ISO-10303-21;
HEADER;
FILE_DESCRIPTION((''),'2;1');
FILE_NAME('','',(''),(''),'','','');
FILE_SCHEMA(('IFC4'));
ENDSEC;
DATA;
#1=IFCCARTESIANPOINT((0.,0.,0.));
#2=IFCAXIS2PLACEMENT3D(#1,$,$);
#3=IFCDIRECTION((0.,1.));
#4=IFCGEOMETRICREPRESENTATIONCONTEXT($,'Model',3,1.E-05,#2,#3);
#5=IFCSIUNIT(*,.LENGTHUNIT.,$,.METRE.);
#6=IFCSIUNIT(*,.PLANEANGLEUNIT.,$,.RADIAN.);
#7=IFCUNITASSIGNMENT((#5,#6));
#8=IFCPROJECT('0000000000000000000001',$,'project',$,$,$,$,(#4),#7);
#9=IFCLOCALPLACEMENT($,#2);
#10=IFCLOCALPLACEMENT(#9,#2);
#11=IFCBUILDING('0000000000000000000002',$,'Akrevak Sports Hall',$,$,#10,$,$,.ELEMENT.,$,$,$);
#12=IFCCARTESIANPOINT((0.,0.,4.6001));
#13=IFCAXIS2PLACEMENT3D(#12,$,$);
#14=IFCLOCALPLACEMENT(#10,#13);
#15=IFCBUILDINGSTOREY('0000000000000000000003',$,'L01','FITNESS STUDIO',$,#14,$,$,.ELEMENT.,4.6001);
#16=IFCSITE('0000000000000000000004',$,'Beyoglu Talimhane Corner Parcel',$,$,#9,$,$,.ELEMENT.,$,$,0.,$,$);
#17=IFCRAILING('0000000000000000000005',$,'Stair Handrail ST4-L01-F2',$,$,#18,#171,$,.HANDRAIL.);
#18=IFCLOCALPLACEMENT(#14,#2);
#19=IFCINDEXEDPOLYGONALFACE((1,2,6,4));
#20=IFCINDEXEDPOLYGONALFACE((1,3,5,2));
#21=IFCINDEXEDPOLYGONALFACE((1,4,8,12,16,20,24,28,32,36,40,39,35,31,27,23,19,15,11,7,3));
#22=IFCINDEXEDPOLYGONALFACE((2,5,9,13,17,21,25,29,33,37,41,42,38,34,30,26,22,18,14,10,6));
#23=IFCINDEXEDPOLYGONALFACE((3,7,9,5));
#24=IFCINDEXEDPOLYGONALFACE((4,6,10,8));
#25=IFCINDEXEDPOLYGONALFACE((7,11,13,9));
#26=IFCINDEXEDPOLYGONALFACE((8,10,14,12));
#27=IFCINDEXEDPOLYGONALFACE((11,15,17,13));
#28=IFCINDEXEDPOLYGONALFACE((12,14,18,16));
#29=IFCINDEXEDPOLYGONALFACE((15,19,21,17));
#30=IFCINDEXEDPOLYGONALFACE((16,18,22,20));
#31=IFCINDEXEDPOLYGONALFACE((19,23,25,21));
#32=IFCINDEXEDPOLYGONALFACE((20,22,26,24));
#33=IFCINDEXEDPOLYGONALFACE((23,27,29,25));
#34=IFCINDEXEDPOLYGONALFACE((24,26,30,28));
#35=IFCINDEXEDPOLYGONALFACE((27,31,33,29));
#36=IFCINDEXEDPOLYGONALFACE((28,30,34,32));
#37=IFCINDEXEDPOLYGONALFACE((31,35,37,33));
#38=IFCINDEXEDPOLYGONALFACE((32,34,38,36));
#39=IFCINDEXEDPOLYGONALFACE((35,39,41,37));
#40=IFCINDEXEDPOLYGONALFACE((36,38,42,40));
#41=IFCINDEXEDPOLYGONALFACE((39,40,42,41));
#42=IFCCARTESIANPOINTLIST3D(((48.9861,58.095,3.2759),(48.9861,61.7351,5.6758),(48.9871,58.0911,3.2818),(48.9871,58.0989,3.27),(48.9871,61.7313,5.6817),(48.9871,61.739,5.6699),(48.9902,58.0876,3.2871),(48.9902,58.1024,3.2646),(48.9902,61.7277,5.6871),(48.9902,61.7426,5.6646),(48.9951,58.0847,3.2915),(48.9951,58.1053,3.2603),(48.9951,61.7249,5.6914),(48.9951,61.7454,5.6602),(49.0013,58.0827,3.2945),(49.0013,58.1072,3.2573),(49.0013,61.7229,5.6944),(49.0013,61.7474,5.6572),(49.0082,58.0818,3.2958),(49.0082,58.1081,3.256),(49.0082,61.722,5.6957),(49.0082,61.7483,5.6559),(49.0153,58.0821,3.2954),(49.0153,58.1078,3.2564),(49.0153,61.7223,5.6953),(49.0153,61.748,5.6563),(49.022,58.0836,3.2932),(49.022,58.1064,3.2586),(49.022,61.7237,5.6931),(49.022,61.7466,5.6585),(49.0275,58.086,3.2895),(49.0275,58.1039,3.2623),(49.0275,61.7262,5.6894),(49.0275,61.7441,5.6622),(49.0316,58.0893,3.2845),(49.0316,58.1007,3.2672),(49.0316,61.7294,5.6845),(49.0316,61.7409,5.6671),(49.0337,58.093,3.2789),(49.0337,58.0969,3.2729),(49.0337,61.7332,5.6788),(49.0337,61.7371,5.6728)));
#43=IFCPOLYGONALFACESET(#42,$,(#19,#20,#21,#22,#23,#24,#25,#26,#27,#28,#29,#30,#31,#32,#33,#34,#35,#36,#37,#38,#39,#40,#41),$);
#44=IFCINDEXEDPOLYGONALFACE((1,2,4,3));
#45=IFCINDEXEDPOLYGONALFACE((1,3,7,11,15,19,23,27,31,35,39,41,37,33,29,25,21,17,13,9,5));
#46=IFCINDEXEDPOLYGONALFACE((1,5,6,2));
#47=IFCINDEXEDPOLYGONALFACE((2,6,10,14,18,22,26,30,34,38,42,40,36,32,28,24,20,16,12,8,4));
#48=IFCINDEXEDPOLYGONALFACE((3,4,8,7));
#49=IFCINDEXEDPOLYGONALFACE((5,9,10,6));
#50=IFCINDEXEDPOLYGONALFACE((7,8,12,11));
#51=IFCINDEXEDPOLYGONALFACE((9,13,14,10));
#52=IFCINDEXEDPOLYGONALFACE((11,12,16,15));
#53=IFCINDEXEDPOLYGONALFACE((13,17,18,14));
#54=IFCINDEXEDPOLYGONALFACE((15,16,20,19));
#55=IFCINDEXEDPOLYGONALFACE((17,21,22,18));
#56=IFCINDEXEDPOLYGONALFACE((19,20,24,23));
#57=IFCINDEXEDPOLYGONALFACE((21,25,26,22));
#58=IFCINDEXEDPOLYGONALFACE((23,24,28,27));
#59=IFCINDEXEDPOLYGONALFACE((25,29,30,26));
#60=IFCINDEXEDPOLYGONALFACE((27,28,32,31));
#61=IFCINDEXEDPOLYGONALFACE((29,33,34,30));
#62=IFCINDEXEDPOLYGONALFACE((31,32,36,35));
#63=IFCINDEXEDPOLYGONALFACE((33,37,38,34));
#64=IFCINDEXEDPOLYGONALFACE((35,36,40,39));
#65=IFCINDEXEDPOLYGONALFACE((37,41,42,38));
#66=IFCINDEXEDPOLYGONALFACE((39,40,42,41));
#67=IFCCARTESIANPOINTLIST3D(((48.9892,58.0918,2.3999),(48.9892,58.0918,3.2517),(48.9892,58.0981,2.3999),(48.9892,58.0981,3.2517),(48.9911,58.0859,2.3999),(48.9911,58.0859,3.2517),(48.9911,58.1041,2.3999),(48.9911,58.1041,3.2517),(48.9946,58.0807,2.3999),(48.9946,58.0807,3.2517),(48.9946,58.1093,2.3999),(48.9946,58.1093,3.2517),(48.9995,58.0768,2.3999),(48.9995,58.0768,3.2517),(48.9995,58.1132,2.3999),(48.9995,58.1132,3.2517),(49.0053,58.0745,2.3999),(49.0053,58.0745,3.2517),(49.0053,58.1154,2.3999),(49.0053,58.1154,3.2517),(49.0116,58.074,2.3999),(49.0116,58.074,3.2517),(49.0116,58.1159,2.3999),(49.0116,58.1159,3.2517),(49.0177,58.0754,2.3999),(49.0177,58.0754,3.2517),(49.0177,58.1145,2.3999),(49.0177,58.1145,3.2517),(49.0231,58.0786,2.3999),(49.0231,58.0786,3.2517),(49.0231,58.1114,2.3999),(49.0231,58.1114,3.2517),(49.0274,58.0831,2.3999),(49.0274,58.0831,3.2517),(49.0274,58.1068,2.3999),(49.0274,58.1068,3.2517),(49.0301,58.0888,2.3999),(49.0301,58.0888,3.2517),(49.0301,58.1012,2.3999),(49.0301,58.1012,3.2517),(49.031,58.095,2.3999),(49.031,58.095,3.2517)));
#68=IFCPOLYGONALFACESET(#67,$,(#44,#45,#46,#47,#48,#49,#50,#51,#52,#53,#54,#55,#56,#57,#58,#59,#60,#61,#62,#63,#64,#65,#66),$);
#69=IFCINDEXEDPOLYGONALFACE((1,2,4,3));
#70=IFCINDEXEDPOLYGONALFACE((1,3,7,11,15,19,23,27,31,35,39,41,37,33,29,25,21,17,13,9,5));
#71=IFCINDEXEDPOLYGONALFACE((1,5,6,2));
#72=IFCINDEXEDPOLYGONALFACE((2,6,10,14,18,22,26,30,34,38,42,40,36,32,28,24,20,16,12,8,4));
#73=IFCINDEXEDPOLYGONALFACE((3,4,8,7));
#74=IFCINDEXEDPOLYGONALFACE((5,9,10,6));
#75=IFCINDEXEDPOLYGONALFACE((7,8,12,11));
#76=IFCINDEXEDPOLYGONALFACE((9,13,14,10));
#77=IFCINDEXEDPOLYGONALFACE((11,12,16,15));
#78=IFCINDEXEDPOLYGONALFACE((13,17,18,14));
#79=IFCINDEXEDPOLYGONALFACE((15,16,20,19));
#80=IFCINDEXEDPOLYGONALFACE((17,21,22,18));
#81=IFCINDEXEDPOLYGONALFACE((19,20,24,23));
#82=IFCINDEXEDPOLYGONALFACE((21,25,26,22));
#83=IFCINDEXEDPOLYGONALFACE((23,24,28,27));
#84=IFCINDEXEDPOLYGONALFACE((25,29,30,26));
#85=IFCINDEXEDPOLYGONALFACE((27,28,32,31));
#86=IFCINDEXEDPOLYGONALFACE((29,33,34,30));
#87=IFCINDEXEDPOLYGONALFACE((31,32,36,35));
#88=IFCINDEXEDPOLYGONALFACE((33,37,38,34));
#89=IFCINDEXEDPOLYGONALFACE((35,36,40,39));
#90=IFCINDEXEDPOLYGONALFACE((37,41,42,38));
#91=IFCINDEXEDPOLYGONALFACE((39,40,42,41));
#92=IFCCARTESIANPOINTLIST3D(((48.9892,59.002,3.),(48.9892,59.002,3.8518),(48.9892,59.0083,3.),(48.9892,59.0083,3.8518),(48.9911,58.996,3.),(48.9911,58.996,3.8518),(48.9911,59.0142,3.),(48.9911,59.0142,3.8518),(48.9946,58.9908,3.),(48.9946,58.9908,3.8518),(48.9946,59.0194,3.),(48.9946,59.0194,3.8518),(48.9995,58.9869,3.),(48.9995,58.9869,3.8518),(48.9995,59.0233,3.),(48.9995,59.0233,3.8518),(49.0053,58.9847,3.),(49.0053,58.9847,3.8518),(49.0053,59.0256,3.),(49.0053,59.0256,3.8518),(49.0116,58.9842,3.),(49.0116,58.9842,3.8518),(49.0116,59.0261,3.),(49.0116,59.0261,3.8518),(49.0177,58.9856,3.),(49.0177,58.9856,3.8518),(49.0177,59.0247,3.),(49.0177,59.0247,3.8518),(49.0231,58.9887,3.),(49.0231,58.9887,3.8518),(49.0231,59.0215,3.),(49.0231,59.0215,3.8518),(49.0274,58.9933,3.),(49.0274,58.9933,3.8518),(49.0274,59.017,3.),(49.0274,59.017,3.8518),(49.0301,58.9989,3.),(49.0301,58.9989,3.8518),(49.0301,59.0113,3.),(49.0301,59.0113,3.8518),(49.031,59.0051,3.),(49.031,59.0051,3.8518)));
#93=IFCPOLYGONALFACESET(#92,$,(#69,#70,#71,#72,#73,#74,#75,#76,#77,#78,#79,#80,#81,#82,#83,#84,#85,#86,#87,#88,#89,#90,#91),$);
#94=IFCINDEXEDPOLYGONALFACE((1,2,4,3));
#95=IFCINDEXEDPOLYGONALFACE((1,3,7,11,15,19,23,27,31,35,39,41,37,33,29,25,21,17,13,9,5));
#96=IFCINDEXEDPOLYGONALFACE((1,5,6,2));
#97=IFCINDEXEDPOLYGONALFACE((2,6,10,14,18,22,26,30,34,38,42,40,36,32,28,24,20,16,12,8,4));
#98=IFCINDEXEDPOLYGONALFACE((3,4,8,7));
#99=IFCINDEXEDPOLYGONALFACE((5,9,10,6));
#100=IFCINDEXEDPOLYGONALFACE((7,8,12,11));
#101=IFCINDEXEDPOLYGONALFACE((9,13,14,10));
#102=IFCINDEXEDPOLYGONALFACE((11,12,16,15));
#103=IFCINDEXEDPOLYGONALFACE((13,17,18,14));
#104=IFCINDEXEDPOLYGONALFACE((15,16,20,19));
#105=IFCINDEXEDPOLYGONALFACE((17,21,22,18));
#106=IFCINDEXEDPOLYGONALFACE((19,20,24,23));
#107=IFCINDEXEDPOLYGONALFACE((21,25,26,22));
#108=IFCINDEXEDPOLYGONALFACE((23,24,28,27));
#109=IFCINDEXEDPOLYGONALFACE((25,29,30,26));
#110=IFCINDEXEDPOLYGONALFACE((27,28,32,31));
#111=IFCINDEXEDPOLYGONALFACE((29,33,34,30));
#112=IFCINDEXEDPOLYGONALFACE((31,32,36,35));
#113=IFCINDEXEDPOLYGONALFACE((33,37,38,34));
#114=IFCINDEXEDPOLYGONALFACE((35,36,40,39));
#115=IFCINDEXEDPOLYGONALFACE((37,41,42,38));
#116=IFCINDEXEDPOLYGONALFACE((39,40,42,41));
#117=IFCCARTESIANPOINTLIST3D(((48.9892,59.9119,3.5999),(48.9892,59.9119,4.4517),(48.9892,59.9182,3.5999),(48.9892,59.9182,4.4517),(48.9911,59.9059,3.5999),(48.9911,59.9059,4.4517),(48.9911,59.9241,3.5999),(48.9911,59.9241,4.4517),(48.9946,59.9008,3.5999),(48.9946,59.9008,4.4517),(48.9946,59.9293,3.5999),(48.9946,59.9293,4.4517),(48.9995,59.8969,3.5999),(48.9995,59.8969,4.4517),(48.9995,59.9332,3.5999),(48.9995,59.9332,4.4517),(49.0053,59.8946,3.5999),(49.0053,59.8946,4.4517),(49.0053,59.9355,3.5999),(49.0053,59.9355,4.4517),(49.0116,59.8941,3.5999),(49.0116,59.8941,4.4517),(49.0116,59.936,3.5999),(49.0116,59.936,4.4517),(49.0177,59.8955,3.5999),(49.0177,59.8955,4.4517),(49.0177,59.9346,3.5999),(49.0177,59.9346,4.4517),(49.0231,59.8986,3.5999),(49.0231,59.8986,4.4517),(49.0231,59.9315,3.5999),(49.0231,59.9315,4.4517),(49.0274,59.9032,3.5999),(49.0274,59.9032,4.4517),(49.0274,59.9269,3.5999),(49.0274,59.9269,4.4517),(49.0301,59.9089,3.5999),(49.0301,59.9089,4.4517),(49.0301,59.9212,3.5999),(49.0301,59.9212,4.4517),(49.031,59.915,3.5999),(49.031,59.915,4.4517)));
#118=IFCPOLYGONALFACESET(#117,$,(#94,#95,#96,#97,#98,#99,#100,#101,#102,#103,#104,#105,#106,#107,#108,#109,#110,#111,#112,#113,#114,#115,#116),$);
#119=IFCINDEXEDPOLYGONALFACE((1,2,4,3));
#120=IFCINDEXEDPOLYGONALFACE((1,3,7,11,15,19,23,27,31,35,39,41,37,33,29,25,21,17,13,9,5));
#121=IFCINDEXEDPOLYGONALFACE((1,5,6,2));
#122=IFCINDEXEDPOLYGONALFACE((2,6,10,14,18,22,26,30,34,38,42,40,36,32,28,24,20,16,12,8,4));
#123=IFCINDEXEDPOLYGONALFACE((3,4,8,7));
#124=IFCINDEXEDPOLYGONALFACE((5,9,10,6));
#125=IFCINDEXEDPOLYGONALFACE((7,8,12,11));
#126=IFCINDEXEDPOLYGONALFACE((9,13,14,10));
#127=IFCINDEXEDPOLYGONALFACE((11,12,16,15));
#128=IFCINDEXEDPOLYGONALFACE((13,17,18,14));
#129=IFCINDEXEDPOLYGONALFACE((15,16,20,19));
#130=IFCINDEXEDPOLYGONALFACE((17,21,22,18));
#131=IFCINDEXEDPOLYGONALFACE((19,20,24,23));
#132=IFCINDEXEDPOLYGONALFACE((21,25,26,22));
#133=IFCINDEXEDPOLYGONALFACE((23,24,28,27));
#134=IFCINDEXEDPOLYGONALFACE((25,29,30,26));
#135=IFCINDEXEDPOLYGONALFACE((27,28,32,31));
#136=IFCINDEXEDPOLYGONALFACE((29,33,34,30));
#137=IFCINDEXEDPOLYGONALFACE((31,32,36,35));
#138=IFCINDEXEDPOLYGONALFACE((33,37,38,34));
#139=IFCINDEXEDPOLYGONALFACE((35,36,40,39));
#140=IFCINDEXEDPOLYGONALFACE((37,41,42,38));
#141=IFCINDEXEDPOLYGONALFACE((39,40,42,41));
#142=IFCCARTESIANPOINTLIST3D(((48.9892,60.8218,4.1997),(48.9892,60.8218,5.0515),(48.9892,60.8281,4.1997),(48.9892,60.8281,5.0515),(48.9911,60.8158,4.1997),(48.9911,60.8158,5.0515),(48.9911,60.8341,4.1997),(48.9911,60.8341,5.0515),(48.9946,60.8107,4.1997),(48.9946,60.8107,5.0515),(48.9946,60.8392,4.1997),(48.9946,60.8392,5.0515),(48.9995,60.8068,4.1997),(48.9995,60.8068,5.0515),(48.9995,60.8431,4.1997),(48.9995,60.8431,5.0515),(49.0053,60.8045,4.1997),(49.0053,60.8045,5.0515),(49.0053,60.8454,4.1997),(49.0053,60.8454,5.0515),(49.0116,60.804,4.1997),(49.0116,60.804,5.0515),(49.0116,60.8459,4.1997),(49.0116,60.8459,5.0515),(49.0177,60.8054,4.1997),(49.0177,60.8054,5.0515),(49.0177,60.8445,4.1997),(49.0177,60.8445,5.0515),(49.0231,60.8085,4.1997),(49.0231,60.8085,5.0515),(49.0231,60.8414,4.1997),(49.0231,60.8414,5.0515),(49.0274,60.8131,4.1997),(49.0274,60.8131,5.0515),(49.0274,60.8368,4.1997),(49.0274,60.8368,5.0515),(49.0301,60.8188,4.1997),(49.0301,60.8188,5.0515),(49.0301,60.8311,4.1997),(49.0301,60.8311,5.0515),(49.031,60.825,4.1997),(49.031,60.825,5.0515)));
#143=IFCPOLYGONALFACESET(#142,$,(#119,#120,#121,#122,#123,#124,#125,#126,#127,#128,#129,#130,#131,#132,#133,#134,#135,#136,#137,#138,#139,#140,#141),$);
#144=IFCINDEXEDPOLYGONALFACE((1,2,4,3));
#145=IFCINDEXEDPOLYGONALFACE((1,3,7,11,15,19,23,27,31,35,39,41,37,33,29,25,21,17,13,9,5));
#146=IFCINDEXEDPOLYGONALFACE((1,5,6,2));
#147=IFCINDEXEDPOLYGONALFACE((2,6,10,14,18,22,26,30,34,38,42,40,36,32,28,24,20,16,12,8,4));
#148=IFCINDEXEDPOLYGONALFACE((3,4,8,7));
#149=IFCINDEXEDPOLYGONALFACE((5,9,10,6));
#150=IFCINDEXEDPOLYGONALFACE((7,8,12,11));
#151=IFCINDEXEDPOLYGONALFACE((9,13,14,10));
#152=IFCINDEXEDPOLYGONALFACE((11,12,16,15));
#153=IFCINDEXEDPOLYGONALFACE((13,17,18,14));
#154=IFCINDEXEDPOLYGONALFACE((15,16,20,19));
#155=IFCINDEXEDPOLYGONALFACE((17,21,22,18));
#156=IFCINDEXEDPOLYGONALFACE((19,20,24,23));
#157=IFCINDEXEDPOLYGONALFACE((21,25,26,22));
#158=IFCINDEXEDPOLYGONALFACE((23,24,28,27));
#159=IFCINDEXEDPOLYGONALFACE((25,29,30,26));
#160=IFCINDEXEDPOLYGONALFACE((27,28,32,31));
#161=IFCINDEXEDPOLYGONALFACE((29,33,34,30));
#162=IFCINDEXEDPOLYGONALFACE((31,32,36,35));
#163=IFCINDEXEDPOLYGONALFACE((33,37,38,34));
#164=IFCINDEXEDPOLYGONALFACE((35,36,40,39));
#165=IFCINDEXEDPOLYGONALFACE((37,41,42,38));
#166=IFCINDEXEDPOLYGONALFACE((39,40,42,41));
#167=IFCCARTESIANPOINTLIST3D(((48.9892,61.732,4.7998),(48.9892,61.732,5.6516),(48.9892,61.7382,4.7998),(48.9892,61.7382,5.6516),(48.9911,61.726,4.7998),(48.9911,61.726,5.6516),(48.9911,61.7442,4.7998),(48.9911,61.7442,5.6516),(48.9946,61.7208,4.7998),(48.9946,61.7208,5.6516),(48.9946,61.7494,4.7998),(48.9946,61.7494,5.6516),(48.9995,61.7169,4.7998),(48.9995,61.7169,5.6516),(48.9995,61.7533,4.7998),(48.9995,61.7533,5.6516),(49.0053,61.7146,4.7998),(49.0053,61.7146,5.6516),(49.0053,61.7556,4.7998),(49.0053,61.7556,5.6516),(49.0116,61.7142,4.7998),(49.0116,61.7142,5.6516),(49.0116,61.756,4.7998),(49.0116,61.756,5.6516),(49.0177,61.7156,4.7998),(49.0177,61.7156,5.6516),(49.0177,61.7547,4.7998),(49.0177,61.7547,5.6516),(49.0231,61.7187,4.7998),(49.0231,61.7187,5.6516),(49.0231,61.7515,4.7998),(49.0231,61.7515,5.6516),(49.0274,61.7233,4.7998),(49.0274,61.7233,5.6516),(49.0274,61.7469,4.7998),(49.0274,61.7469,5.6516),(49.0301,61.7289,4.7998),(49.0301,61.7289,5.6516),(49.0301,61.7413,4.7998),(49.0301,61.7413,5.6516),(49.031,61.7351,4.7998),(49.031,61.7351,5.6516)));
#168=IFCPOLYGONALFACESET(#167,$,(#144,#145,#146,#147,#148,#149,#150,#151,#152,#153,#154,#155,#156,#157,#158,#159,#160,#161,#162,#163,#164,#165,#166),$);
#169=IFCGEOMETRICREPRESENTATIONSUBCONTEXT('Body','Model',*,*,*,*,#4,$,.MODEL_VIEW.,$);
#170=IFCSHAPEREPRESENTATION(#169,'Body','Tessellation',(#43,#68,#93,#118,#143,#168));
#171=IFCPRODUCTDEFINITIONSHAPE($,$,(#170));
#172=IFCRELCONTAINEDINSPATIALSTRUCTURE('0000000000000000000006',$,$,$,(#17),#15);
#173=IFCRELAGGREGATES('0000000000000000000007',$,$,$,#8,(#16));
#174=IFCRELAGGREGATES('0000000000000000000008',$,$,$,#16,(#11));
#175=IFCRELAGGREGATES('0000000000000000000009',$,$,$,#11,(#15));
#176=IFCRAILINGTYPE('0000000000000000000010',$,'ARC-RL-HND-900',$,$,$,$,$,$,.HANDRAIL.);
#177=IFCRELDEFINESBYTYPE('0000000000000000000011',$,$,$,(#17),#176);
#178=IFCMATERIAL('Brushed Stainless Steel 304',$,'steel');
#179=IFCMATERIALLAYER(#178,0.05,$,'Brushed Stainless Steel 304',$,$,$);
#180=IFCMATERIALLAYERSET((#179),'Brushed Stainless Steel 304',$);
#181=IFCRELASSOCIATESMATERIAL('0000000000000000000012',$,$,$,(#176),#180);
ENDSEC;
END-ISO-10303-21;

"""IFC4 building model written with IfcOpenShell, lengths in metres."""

from ifc_helpers import new_model, si_unit, direction, frame, origin, origin_2d, place, context, subcontext, project, spatial, circle, extrude, material, layer, layer_set, type_object, element, save


model = new_model("IFC4")

# Units and contexts
model_context = context("Model", 3, precision=1e-05, world=origin(), true_north=direction((0.0, 1.0)))
body_context = subcontext(model_context, "Body", "Model", "MODEL_VIEW")
ifc_project = project(units=[si_unit("LENGTHUNIT", "METRE"), si_unit("PLANEANGLEUNIT", "RADIAN")], contexts=[model_context])

# Site, building, storey
site_placement = place(None, origin())
site = spatial("IfcSite", under=ifc_project, at=site_placement, Name="Beyoglu Talimhane Corner Parcel", CompositionType="ELEMENT", RefElevation=0.0)
building_placement = place(site_placement, origin())
building = spatial("IfcBuilding", under=site, at=building_placement, Name="Akrevak Sports Hall", CompositionType="ELEMENT")
storey_placement = place(building_placement, frame((0.0, 0.0, 4.6001)))
storey = spatial("IfcBuildingStorey", under=building, at=storey_placement, Name="L01", Description="FITNESS STUDIO", CompositionType="ELEMENT", Elevation=4.6001)

# Railing
ifc_material_1 = material(Name="Brushed Stainless Steel 304", Category="steel")
ifc_layer_1 = layer(ifc_material_1, 0.05, Name="Brushed Stainless Steel 304")
ifc_layer_set_1 = layer_set([ifc_layer_1], Name="Brushed Stainless Steel 304")
railing_type_1 = type_object("IfcRailingType", Name="ARC-RL-HND-900", PredefinedType="HANDRAIL", material=ifc_layer_set_1)
railing_1_placement = place(storey_placement, frame((49.01, 58.095, 2.3999)))
element("IfcRailing", 1, at=railing_1_placement, inside=storey, type_object=railing_type_1, Name="Stair Handrail ST4-L01-F2", PredefinedType="HANDRAIL", context=body_context, shape_type="SweptSolid", body=[
    extrude(circle(Radius=0.0239, at=origin_2d()), frame((0.0, 0.0, 0.876), z_axis=(0.0, 0.834882, 0.550429), x_axis=(-1.0, 0.0, 0.0)), (0.0, 0.0, 1.0), 4.3601),
    extrude(circle(Radius=0.021, at=origin_2d()), origin(), (0.0, 0.0, 1.0), 0.8518),
    extrude(circle(Radius=0.021, at=origin_2d()), frame((0.0, 0.9102, 0.6001)), (0.0, 0.0, 1.0), 0.8518),
    extrude(circle(Radius=0.021, at=origin_2d()), frame((0.0, 1.8201, 1.2)), (0.0, 0.0, 1.0), 0.8518),
    extrude(circle(Radius=0.021, at=origin_2d()), frame((0.0, 2.73, 1.7998)), (0.0, 0.0, 1.0), 0.8518),
    extrude(circle(Radius=0.021, at=origin_2d()), frame((0.0, 3.6401, 2.3999)), (0.0, 0.0, 1.0), 0.8518),
])

save(model, "model.ifc")
